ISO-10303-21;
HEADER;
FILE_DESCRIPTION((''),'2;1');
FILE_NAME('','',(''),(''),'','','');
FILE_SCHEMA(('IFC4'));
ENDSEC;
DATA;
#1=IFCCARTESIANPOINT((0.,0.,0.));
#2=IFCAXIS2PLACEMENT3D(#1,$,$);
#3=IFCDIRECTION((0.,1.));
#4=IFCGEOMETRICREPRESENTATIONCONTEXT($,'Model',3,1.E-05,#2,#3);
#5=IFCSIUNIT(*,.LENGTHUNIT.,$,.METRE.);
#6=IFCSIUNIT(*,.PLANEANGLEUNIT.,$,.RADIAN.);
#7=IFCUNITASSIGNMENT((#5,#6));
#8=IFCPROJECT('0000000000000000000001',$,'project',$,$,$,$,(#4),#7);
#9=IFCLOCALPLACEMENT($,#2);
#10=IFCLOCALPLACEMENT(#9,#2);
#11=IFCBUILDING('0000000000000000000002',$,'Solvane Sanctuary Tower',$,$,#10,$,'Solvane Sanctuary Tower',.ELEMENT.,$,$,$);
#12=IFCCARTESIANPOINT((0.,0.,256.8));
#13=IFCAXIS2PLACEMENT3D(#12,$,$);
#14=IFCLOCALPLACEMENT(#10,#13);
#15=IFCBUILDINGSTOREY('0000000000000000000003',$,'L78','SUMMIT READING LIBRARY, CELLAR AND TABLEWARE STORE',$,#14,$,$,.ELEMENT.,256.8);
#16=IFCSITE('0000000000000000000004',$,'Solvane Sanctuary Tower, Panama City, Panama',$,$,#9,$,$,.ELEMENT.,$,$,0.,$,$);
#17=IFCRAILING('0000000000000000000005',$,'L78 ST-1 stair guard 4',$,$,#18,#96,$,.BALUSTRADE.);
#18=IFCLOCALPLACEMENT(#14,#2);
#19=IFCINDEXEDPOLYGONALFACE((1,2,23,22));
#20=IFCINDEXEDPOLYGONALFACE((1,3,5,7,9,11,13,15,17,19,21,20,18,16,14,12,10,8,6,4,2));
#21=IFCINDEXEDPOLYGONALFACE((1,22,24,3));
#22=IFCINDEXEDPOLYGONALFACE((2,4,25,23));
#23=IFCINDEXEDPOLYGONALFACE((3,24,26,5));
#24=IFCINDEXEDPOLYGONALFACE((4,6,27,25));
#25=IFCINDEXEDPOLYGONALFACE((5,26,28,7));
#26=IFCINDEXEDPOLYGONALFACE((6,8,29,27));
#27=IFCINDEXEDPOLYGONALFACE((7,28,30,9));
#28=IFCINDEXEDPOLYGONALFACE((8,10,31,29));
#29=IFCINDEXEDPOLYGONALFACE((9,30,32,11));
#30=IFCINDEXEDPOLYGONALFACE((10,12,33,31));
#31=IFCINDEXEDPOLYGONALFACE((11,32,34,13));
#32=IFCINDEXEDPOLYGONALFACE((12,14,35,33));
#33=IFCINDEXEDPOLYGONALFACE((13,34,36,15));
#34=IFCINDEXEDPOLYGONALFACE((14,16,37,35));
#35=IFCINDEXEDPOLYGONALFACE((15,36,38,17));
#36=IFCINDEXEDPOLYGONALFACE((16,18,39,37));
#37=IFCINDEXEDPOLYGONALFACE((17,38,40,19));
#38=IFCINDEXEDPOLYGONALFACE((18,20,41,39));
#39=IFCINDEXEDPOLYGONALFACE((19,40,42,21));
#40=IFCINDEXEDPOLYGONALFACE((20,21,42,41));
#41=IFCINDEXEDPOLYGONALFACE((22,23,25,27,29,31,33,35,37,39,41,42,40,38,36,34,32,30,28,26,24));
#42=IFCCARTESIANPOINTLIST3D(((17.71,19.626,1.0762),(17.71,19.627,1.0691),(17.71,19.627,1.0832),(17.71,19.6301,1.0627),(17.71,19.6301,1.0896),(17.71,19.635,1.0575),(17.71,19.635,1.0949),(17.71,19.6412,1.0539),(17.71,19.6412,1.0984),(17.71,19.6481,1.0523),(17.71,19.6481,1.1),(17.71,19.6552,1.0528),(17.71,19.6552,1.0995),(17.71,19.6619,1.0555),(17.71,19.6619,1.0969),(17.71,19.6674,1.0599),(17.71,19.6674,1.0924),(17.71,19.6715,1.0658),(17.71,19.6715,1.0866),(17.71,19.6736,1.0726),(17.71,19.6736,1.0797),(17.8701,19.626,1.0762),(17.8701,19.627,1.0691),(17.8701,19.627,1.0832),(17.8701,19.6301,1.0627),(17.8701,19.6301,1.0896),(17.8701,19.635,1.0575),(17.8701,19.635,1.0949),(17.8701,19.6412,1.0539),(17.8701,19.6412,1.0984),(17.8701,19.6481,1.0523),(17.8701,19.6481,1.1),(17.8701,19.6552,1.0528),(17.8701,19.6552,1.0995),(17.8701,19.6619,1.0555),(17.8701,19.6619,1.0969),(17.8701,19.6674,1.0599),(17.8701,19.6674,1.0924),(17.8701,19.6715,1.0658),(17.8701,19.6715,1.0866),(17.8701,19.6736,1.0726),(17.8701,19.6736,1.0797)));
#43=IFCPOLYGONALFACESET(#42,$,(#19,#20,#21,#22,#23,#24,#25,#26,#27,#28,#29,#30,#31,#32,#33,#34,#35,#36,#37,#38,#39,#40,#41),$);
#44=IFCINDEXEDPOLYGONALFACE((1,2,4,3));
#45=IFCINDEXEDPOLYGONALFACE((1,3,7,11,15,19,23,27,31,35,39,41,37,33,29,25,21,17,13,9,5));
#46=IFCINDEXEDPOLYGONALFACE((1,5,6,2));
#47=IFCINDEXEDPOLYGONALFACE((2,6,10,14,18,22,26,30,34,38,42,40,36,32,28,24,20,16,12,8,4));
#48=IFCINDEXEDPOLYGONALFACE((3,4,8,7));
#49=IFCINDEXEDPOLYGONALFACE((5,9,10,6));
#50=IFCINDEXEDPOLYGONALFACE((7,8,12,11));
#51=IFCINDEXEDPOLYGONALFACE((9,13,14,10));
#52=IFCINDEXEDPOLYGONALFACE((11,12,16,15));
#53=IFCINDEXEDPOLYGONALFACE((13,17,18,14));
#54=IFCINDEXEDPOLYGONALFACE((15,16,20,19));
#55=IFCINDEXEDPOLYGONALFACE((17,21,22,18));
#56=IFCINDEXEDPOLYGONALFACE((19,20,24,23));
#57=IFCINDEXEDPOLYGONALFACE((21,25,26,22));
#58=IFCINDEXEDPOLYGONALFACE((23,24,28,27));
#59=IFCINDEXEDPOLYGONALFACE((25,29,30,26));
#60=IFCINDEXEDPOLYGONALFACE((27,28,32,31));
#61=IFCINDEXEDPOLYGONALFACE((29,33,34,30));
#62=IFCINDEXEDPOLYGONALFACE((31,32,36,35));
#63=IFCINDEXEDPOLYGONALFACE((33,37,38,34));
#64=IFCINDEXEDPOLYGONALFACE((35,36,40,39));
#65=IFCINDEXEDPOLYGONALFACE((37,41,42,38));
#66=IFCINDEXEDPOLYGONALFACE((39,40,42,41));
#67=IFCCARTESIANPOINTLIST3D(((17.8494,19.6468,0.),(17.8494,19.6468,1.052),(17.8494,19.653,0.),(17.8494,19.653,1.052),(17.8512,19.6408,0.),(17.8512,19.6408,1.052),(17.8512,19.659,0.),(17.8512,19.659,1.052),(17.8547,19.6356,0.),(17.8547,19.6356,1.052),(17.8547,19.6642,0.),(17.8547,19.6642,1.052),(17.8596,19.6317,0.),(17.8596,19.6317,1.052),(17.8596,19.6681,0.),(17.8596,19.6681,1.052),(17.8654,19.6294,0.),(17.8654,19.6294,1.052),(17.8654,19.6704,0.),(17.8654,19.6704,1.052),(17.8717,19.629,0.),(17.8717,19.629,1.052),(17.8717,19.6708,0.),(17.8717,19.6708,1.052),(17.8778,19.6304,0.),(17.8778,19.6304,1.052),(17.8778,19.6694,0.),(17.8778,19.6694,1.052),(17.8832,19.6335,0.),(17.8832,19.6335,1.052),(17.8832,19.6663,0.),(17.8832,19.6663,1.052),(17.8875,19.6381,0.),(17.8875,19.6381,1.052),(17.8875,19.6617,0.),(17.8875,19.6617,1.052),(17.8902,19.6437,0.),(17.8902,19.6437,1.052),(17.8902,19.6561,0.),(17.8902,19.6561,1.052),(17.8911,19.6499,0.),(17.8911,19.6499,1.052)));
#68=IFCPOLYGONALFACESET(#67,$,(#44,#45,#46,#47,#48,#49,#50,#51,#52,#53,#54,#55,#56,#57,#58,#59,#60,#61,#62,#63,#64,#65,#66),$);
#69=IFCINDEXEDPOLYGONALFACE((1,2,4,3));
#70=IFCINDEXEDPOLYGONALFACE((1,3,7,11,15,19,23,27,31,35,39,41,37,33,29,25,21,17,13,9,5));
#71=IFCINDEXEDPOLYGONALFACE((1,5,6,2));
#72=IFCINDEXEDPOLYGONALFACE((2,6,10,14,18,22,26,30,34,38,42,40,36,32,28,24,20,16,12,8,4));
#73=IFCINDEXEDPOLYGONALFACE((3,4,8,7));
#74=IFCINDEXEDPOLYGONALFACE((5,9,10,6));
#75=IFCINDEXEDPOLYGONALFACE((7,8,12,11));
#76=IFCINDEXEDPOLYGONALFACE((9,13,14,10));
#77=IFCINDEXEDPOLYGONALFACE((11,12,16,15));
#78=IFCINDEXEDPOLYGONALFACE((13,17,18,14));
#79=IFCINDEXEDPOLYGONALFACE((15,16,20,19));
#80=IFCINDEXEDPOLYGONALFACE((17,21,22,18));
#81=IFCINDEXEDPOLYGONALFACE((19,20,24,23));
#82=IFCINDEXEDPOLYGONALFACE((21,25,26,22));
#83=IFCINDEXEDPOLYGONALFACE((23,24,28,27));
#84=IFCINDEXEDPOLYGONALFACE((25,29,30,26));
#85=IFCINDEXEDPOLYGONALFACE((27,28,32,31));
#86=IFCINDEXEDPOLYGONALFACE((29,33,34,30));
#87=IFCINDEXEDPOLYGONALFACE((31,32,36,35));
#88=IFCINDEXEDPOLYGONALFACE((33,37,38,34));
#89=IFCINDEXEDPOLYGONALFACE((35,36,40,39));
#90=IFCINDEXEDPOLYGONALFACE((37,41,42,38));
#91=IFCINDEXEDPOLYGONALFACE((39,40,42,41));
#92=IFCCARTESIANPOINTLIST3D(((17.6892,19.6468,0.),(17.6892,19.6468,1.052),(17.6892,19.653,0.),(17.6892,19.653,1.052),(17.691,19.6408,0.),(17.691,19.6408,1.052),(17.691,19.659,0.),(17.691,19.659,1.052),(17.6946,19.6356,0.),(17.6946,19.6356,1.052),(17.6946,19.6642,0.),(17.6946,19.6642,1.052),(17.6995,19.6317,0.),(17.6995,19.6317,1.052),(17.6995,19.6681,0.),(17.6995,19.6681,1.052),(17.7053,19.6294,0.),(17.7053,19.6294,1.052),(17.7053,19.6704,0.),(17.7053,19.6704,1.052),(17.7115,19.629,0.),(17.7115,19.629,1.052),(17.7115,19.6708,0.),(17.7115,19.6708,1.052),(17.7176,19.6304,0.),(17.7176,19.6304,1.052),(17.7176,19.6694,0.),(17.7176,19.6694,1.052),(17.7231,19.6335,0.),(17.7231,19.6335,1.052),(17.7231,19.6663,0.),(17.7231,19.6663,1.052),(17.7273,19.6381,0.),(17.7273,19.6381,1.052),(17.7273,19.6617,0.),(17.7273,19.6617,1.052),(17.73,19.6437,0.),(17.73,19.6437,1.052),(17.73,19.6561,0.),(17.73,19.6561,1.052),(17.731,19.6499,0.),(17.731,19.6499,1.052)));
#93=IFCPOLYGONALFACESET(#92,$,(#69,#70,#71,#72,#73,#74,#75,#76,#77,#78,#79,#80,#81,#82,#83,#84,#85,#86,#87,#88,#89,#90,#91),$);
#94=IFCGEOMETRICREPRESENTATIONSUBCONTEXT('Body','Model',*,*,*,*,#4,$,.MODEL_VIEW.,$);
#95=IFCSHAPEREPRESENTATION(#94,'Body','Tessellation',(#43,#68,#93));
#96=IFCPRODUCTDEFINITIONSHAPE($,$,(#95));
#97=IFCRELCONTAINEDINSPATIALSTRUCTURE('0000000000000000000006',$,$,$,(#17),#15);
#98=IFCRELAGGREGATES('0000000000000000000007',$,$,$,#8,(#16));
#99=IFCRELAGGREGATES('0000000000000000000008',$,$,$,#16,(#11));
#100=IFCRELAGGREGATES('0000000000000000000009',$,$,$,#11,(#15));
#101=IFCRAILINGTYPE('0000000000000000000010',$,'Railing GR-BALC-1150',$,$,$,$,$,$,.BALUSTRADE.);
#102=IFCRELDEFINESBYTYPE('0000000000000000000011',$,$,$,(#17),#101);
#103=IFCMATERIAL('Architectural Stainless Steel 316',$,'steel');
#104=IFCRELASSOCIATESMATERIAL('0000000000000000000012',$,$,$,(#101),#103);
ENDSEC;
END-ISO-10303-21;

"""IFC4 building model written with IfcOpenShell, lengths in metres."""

from ifc_helpers import new_model, si_unit, direction, frame, origin, origin_2d, place, context, subcontext, project, spatial, circle, extrude, material, type_object, element, save


model = new_model("IFC4")

# Units and contexts
model_context = context("Model", 3, precision=1e-05, world=origin(), true_north=direction((0.0, 1.0)))
body_context = subcontext(model_context, "Body", "Model", "MODEL_VIEW")
ifc_project = project(units=[si_unit("LENGTHUNIT", "METRE"), si_unit("PLANEANGLEUNIT", "RADIAN")], contexts=[model_context])

# Site, building, storey
site_placement = place(None, origin())
site = spatial("IfcSite", under=ifc_project, at=site_placement, Name="Solvane Sanctuary Tower, Panama City, Panama", CompositionType="ELEMENT", RefElevation=0.0)
building_placement = place(site_placement, origin())
building = spatial("IfcBuilding", under=site, at=building_placement, Name="Solvane Sanctuary Tower", LongName="Solvane Sanctuary Tower", CompositionType="ELEMENT")
storey_placement = place(building_placement, frame((0.0, 0.0, 256.8)))
storey = spatial("IfcBuildingStorey", under=building, at=storey_placement, Name="L78", Description="SUMMIT READING LIBRARY, CELLAR AND TABLEWARE STORE", CompositionType="ELEMENT", Elevation=256.8)

# Shared definitions
ifc_material_1 = material(Name="Architectural Stainless Steel 316", Category="steel")

# Railing
railing_type_1 = type_object("IfcRailingType", Name="Railing GR-BALC-1150", PredefinedType="BALUSTRADE", material=ifc_material_1)
railing_1_placement = place(storey_placement, frame((17.8701, 19.6499, 0.0)))
element("IfcRailing", 1, at=railing_1_placement, inside=storey, type_object=railing_type_1, Name="L78 ST-1 stair guard 4", PredefinedType="BALUSTRADE", context=body_context, shape_type="SweptSolid", body=[
    extrude(circle(Radius=0.0239, at=origin_2d()), frame((0.0, 0.0, 1.0762), z_axis=(-1.0, 0.0, 0.0), x_axis=(0.0, -1.0, 0.0)), (0.0, 0.0, 1.0), 0.1602),
    extrude(circle(Radius=0.021, at=origin_2d()), origin(), (0.0, 0.0, 1.0), 1.052),
    extrude(circle(Radius=0.021, at=origin_2d()), frame((-0.1602, 0.0, 0.0)), (0.0, 0.0, 1.0), 1.052),
])

save(model, "model.ifc")
